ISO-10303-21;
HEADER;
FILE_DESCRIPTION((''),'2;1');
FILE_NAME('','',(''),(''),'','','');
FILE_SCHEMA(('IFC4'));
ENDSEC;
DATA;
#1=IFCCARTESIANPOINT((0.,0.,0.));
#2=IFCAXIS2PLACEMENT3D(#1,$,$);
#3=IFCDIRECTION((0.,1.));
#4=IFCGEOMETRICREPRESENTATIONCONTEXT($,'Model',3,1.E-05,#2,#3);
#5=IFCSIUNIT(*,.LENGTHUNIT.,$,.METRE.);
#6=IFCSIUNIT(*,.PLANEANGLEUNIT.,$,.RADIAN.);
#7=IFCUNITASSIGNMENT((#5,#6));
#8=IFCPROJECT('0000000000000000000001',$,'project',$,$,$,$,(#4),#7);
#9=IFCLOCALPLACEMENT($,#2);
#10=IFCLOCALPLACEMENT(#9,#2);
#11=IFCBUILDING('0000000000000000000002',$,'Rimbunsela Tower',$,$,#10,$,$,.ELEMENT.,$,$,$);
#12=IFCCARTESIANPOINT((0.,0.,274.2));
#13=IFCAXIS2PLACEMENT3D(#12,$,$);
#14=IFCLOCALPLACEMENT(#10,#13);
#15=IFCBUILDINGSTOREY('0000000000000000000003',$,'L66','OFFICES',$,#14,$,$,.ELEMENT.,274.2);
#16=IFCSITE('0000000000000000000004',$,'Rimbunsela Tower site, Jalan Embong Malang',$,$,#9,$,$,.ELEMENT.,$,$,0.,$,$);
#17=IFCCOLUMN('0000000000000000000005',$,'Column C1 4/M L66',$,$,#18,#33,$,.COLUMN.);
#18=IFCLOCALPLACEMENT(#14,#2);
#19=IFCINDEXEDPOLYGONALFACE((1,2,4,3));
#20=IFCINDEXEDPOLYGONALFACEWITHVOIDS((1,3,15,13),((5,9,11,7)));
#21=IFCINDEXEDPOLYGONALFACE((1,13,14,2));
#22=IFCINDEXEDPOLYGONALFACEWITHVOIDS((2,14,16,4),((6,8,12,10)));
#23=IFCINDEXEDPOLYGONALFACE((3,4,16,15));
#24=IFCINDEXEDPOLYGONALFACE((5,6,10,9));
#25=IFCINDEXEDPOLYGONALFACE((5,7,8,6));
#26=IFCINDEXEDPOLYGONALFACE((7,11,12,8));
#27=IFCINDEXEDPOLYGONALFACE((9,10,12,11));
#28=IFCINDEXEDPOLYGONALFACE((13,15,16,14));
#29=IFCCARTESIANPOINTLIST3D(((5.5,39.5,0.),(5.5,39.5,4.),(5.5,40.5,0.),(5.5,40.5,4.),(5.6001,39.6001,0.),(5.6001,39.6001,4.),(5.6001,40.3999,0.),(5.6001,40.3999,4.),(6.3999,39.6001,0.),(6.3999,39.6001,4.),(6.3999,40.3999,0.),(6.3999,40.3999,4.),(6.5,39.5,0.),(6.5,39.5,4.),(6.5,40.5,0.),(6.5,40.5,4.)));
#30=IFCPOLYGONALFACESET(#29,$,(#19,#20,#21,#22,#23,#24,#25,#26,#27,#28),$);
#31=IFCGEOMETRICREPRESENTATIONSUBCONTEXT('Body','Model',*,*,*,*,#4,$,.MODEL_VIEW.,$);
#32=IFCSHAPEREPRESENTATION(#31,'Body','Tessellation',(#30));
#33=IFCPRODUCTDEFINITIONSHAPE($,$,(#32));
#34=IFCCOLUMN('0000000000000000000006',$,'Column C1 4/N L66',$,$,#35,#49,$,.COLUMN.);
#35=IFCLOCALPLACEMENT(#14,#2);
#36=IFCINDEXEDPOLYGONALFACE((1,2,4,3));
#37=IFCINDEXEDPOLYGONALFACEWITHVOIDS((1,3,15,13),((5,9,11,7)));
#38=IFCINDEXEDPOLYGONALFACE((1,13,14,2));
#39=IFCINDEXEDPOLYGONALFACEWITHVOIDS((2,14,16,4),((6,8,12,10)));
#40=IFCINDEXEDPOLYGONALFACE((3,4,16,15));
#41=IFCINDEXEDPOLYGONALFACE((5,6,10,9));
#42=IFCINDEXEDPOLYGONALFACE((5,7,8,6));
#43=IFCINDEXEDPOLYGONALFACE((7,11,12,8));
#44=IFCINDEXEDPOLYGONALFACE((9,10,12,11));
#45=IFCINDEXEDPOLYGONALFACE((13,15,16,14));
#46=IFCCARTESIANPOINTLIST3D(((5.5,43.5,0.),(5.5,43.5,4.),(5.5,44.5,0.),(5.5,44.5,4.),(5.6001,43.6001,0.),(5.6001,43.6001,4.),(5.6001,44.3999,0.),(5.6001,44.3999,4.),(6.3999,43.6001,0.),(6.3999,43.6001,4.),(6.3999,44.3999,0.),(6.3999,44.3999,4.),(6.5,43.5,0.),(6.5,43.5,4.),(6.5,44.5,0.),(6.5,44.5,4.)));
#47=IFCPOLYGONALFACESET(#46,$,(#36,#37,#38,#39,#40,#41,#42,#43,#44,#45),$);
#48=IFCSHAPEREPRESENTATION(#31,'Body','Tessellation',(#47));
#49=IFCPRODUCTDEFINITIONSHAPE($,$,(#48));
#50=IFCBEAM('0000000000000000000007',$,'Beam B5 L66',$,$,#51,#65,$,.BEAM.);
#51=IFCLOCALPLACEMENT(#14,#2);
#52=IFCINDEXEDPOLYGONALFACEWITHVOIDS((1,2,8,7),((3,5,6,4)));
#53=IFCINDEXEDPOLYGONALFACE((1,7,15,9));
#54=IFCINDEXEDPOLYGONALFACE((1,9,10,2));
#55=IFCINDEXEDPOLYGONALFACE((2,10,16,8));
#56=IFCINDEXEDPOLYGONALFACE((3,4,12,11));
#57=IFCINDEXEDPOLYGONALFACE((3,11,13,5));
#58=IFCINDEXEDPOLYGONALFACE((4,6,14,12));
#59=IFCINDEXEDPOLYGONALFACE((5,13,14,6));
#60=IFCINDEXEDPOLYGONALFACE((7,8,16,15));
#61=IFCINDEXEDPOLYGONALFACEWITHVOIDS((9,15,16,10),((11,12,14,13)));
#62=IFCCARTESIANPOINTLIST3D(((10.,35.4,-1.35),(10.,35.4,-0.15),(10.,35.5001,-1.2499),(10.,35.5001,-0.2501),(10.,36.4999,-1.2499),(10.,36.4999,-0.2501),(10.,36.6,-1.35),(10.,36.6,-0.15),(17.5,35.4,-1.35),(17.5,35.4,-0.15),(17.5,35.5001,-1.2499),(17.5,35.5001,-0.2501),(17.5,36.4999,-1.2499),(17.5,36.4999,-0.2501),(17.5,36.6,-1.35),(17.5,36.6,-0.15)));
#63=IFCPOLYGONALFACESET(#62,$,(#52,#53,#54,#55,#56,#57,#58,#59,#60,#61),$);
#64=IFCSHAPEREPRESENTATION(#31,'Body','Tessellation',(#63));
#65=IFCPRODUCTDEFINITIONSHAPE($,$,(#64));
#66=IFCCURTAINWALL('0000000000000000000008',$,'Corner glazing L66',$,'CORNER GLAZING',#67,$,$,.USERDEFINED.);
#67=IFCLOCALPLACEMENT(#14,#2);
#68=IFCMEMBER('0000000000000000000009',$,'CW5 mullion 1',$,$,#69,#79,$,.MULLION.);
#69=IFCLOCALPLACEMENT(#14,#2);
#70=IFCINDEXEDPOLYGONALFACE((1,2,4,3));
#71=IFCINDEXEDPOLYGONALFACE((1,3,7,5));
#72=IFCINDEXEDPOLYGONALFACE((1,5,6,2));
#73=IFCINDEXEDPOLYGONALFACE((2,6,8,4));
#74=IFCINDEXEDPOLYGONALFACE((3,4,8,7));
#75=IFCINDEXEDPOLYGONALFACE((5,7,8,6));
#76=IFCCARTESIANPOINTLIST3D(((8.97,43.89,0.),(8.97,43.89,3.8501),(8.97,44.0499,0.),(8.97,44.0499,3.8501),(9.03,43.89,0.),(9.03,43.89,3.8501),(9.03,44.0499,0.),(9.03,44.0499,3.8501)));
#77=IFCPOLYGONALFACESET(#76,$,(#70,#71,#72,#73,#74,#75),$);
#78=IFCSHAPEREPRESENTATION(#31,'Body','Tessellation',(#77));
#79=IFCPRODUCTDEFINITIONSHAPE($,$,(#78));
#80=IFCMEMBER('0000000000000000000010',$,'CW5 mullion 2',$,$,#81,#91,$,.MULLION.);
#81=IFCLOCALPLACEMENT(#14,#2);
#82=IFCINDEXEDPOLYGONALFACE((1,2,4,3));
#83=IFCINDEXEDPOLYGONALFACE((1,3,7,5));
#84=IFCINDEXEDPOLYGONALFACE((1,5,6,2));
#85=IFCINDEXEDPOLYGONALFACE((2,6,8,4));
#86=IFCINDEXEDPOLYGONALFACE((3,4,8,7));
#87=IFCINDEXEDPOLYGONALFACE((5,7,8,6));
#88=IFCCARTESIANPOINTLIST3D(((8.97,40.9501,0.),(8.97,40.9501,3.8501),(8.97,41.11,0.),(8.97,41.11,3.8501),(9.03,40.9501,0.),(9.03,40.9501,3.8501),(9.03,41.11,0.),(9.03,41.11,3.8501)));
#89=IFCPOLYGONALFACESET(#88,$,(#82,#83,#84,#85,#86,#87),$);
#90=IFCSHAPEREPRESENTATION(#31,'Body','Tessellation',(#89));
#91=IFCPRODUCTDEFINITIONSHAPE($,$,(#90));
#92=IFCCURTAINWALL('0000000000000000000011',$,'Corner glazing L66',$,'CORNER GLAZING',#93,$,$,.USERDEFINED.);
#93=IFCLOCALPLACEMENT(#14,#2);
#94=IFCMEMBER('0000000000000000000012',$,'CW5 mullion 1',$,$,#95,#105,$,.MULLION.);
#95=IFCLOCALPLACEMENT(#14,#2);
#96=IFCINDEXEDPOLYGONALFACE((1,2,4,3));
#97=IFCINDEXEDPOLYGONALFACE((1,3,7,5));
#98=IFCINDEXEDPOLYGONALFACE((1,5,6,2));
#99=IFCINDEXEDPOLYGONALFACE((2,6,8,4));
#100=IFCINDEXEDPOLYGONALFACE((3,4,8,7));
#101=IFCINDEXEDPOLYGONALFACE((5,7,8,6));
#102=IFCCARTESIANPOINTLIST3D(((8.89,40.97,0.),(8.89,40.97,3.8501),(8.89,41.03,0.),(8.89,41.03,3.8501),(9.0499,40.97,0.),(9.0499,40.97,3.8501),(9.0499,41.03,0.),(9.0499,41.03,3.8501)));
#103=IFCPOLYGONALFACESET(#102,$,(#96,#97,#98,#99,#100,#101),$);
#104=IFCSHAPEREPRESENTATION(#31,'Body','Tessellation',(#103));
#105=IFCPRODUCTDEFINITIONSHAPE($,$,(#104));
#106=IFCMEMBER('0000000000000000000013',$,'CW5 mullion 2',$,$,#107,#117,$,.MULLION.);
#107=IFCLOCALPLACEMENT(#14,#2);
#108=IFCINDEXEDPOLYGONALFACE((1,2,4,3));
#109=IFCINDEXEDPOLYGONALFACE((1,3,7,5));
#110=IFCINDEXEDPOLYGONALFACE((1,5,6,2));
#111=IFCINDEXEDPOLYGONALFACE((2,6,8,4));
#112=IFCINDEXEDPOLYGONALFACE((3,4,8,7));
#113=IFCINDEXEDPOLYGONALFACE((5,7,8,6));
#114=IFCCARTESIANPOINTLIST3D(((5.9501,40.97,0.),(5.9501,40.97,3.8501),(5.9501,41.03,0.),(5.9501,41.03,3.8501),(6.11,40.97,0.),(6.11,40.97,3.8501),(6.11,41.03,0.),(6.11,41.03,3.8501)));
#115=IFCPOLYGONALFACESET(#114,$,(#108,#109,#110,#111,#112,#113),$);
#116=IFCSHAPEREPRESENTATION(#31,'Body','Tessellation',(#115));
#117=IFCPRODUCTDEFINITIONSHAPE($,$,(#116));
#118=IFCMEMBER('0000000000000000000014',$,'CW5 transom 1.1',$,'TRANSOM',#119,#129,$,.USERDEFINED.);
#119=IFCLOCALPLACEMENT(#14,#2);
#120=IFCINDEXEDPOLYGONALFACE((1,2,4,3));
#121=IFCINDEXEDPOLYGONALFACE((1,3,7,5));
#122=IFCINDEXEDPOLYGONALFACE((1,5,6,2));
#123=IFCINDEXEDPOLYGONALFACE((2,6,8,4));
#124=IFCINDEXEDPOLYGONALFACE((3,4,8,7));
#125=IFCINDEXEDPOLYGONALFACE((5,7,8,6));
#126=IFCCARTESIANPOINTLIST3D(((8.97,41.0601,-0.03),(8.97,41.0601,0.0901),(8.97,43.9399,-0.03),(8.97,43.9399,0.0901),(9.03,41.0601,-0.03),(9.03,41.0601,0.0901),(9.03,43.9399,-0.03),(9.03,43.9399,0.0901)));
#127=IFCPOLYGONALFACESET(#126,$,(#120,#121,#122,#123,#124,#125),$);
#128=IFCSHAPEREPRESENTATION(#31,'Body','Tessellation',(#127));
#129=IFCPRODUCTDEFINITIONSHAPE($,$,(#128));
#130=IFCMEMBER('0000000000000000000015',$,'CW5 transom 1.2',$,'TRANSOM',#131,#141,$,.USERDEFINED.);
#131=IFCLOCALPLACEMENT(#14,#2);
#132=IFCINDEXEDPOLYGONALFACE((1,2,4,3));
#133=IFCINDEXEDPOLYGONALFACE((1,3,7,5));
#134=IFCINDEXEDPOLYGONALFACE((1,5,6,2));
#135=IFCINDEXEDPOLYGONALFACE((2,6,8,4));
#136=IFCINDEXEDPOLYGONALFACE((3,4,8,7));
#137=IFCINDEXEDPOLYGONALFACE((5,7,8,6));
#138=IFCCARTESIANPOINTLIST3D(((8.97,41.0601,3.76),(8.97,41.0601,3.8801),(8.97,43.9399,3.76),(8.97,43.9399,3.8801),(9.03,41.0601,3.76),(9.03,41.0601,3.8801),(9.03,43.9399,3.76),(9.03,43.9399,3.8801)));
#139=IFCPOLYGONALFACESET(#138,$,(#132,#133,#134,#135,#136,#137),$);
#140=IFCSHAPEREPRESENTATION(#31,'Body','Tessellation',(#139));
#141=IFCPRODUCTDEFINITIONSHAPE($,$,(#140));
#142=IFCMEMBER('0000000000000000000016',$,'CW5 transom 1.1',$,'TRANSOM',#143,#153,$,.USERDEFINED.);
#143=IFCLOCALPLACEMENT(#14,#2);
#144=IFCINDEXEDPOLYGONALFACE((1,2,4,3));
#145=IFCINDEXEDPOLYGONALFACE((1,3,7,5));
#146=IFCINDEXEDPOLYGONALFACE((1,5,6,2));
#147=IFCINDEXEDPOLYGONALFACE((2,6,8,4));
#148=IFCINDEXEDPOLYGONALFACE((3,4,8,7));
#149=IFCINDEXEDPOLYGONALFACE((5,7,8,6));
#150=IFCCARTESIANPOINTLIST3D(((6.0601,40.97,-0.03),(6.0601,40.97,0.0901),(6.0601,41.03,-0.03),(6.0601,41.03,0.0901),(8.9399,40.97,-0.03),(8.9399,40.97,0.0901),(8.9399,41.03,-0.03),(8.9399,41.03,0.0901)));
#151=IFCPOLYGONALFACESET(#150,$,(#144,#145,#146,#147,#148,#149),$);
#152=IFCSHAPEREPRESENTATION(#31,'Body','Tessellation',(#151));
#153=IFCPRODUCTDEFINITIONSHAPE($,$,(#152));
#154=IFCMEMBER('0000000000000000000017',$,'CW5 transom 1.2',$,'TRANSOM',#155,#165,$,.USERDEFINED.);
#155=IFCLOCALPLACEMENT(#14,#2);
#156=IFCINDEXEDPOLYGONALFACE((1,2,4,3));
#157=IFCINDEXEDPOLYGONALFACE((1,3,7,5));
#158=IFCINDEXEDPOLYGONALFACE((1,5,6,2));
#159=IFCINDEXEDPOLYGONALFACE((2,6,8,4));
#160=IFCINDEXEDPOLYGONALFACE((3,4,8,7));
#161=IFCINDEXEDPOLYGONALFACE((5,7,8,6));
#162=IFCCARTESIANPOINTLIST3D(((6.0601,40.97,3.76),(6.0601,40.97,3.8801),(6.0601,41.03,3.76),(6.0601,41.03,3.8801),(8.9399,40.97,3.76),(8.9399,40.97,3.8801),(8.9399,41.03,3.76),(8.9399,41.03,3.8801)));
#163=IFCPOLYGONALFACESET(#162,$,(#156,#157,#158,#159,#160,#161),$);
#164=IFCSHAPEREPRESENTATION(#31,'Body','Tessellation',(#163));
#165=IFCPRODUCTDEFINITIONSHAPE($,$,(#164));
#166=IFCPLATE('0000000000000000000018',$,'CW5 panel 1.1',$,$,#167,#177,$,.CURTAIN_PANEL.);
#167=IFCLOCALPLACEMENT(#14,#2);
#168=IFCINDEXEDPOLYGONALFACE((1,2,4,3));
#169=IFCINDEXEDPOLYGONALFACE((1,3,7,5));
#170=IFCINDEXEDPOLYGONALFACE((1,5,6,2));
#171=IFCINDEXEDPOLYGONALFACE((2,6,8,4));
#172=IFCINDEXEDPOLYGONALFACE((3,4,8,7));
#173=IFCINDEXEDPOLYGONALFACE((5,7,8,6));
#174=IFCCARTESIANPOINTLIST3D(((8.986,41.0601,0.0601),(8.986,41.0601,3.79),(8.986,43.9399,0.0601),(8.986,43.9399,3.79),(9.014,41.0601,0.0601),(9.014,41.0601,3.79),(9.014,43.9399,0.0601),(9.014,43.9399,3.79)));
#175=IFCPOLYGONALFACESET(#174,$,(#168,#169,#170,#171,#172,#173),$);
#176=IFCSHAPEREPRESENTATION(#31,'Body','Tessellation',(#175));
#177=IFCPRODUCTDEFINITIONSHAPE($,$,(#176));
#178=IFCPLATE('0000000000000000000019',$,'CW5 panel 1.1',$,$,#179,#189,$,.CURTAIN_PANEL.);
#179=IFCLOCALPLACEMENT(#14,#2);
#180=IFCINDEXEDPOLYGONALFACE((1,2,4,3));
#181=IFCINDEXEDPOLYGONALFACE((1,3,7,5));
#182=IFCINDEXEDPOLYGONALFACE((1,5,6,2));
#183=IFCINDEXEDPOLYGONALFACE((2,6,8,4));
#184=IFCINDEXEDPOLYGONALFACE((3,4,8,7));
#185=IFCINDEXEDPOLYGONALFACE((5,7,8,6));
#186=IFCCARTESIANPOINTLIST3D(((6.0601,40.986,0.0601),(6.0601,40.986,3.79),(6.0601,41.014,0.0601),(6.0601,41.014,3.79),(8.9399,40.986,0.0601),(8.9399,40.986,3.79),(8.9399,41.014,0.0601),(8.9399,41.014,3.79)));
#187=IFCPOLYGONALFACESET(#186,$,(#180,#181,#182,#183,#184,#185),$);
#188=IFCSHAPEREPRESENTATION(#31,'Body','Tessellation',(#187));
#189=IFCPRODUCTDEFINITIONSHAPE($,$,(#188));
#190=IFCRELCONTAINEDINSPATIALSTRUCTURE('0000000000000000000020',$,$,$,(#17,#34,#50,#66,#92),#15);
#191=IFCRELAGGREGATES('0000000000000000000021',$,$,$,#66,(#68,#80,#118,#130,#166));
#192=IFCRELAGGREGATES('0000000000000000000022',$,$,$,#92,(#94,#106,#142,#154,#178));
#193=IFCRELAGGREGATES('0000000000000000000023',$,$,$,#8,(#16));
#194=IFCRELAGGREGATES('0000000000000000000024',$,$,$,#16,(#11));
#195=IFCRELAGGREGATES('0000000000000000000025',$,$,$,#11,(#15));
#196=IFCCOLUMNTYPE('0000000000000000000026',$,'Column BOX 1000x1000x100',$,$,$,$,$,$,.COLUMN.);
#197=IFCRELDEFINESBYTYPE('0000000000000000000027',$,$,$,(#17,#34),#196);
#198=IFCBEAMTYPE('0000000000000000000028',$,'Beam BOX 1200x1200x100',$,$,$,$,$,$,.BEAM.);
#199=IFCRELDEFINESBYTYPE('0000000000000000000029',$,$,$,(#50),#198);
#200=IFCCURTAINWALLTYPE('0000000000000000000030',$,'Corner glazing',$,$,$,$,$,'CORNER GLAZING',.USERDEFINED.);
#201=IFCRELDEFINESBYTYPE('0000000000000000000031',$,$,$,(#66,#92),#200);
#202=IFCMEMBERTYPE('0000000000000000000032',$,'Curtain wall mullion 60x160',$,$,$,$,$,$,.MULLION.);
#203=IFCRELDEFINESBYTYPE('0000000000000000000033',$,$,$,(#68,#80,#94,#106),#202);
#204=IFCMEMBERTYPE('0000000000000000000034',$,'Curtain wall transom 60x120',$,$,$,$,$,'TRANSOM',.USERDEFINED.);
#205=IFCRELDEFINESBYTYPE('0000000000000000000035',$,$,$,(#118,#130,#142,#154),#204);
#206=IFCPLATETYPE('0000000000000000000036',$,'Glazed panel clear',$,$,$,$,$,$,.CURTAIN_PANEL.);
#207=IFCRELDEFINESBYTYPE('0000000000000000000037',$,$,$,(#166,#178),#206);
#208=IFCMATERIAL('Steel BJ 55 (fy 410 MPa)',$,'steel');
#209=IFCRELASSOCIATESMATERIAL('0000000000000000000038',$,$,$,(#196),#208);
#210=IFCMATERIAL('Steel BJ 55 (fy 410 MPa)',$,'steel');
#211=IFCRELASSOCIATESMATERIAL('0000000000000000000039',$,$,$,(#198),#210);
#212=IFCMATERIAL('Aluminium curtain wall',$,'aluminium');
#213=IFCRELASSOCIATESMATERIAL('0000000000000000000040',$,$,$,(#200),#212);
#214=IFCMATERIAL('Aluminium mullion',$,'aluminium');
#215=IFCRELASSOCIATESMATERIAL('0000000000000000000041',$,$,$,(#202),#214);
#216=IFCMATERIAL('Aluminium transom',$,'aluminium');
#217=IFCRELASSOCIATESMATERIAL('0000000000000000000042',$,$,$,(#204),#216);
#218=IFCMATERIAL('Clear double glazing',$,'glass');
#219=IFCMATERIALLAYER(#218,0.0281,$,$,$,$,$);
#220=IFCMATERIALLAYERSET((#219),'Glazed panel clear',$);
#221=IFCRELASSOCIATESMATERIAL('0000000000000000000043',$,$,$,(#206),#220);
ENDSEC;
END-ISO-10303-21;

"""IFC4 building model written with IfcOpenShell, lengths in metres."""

from ifc_helpers import new_model, si_unit, direction, frame, origin, origin_2d, place, context, subcontext, project, spatial, rectangle, hollow_rectangle, extrude, material, layer, layer_set, material_profile, profile_set, type_object, element, aggregate, save


model = new_model("IFC4")

# Units and contexts
model_context = context("Model", 3, precision=1e-05, world=origin(), true_north=direction((0.0, 1.0)))
body_context = subcontext(model_context, "Body", "Model", "MODEL_VIEW")
ifc_project = project(units=[si_unit("LENGTHUNIT", "METRE"), si_unit("PLANEANGLEUNIT", "RADIAN")], contexts=[model_context])

# Site, building, storey
site_placement = place(None, origin())
site = spatial("IfcSite", under=ifc_project, at=site_placement, Name="Rimbunsela Tower site, Jalan Embong Malang", CompositionType="ELEMENT", RefElevation=0.0)
building_placement = place(site_placement, origin())
building = spatial("IfcBuilding", under=site, at=building_placement, Name="Rimbunsela Tower", CompositionType="ELEMENT")
storey_placement = place(building_placement, frame((0.0, 0.0, 274.2)))
storey = spatial("IfcBuildingStorey", under=building, at=storey_placement, Name="L66", Description="OFFICES", CompositionType="ELEMENT", Elevation=274.2)

# Columns
ifc_material_1 = material(Name="Steel BJ 55 (fy 410 MPa)", Category="steel")
ifc_material_profile_1 = material_profile(ifc_material_1, hollow_rectangle(XDim=1.0, YDim=1.0, WallThickness=0.1001, at=origin_2d()), Name="BOX 1000x1000x100")
ifc_profile_set_1 = profile_set([ifc_material_profile_1], Name="Steel BJ 55 (fy 410 MPa)")
column_type = type_object("IfcColumnType", Name="Column BOX 1000x1000x100", PredefinedType="COLUMN", material=ifc_profile_set_1)
for number, where, z_axis, x_axis, name in (
    (1, (6.0, 40.0, 0.0), (0.0, 0.0, 1.0), (1.0, 0.0, 0.0), "Column C1 4/M L66"),
    (2, (6.0, 44.0, 0.0), (0.0, 0.0, 1.0), (1.0, 0.0, 0.0), "Column C1 4/N L66"),
):
    element("IfcColumn", number, at=place(storey_placement, frame(where, z_axis=z_axis, x_axis=x_axis)), inside=storey, type_object=column_type, Name=name, PredefinedType="COLUMN", context=body_context, shape_type="SweptSolid", body=[
        extrude(hollow_rectangle(XDim=1.0, YDim=1.0, WallThickness=0.1001, at=origin_2d()), origin(), (0.0, 0.0, 1.0), 4.0),
    ])

# Beam
ifc_material_2 = material(Name="Steel BJ 55 (fy 410 MPa)", Category="steel")
ifc_material_profile_2 = material_profile(ifc_material_2, hollow_rectangle(XDim=1.2, YDim=1.2, WallThickness=0.1001, at=origin_2d()), Name="BOX 1200x1200x100")
ifc_profile_set_2 = profile_set([ifc_material_profile_2], Name="Steel BJ 55 (fy 410 MPa)")
beam_type = type_object("IfcBeamType", Name="Beam BOX 1200x1200x100", PredefinedType="BEAM", material=ifc_profile_set_2)
beam_placement = place(storey_placement, frame((10.0, 36.0, -0.75), z_axis=(1.0, 0.0, 0.0), x_axis=(0.0, 1.0, 0.0)))
element("IfcBeam", 3, at=beam_placement, inside=storey, type_object=beam_type, Name="Beam B5 L66", PredefinedType="BEAM", context=body_context, shape_type="SweptSolid", body=[
    extrude(hollow_rectangle(XDim=1.2, YDim=1.2, WallThickness=0.1001, at=origin_2d()), origin(), (0.0, 0.0, 1.0), 7.5),
])

# Curtain walls, members
ifc_material_3 = material(Name="Aluminium curtain wall", Category="aluminium")
curtain_wall_type = type_object("IfcCurtainWallType", Name="Corner glazing", ElementType="CORNER GLAZING", PredefinedType="USERDEFINED", material=ifc_material_3)
curtain_wall_1_placement = place(storey_placement, origin())
curtain_wall_1 = element("IfcCurtainWall", 4, at=curtain_wall_1_placement, inside=storey, type_object=curtain_wall_type, Name="Corner glazing L66", ObjectType="CORNER GLAZING", PredefinedType="USERDEFINED")
ifc_material_4 = material(Name="Aluminium mullion", Category="aluminium")
ifc_material_profile_3 = material_profile(ifc_material_4, rectangle(XDim=0.0601, YDim=0.1599, at=origin_2d()), Name="Mullion 60x160")
ifc_profile_set_3 = profile_set([ifc_material_profile_3], Name="Aluminium mullion")
member_type_1 = type_object("IfcMemberType", Name="Curtain wall mullion 60x160", PredefinedType="MULLION", material=ifc_profile_set_3)
member_1_placement = place(storey_placement, frame((9.0, 43.97, 0.0), z_axis=(0.0, 0.0, 1.0), x_axis=(1.0, 0.0, 0.0)))
member_1 = element("IfcMember", 5, at=member_1_placement, type_object=member_type_1, Name="CW5 mullion 1", PredefinedType="MULLION", context=body_context, shape_type="SweptSolid", body=[
    extrude(rectangle(XDim=0.0601, YDim=0.1599, at=origin_2d()), origin(), (0.0, 0.0, 1.0), 3.8501),
])
member_2_placement = place(storey_placement, frame((9.0, 41.03, 0.0), z_axis=(0.0, 0.0, 1.0), x_axis=(1.0, 0.0, 0.0)))
member_2 = element("IfcMember", 6, at=member_2_placement, type_object=member_type_1, Name="CW5 mullion 2", PredefinedType="MULLION", context=body_context, shape_type="SweptSolid", body=[
    extrude(rectangle(XDim=0.0601, YDim=0.1599, at=origin_2d()), origin(), (0.0, 0.0, 1.0), 3.8501),
])
curtain_wall_2_placement = place(storey_placement, origin())
curtain_wall_2 = element("IfcCurtainWall", 7, at=curtain_wall_2_placement, inside=storey, type_object=curtain_wall_type, Name="Corner glazing L66", ObjectType="CORNER GLAZING", PredefinedType="USERDEFINED")
member_3_placement = place(storey_placement, frame((8.97, 41.0, 0.0), z_axis=(0.0, 0.0, 1.0), x_axis=(0.0, -1.0, 0.0)))
member_3 = element("IfcMember", 8, at=member_3_placement, type_object=member_type_1, Name="CW5 mullion 1", PredefinedType="MULLION", context=body_context, shape_type="SweptSolid", body=[
    extrude(rectangle(XDim=0.0601, YDim=0.1599, at=origin_2d()), origin(), (0.0, 0.0, 1.0), 3.8501),
])
member_4_placement = place(storey_placement, frame((6.03, 41.0, 0.0), z_axis=(0.0, 0.0, 1.0), x_axis=(0.0, -1.0, 0.0)))
member_4 = element("IfcMember", 9, at=member_4_placement, type_object=member_type_1, Name="CW5 mullion 2", PredefinedType="MULLION", context=body_context, shape_type="SweptSolid", body=[
    extrude(rectangle(XDim=0.0601, YDim=0.1599, at=origin_2d()), origin(), (0.0, 0.0, 1.0), 3.8501),
])

# Members
ifc_material_5 = material(Name="Aluminium transom", Category="aluminium")
ifc_material_profile_4 = material_profile(ifc_material_5, rectangle(XDim=0.0601, YDim=0.1201, at=origin_2d()), Name="Transom 60x120")
ifc_profile_set_4 = profile_set([ifc_material_profile_4], Name="Aluminium transom")
member_type_2 = type_object("IfcMemberType", Name="Curtain wall transom 60x120", ElementType="TRANSOM", PredefinedType="USERDEFINED", material=ifc_profile_set_4)
member_5_placement = place(storey_placement, frame((9.0, 43.9399, 0.03), z_axis=(0.0, -1.0, 0.0), x_axis=(1.0, 0.0, 0.0)))
member_5 = element("IfcMember", 10, at=member_5_placement, type_object=member_type_2, Name="CW5 transom 1.1", ObjectType="TRANSOM", PredefinedType="USERDEFINED", context=body_context, shape_type="SweptSolid", body=[
    extrude(rectangle(XDim=0.0601, YDim=0.1201, at=origin_2d()), origin(), (0.0, 0.0, 1.0), 2.8799),
])
member_6_placement = place(storey_placement, frame((9.0, 43.9399, 3.8201), z_axis=(0.0, -1.0, 0.0), x_axis=(1.0, 0.0, 0.0)))
member_6 = element("IfcMember", 11, at=member_6_placement, type_object=member_type_2, Name="CW5 transom 1.2", ObjectType="TRANSOM", PredefinedType="USERDEFINED", context=body_context, shape_type="SweptSolid", body=[
    extrude(rectangle(XDim=0.0601, YDim=0.1201, at=origin_2d()), origin(), (0.0, 0.0, 1.0), 2.8799),
])
member_7_placement = place(storey_placement, frame((8.9399, 41.0, 0.03), z_axis=(-1.0, 0.0, 0.0), x_axis=(0.0, -1.0, 0.0)))
member_7 = element("IfcMember", 12, at=member_7_placement, type_object=member_type_2, Name="CW5 transom 1.1", ObjectType="TRANSOM", PredefinedType="USERDEFINED", context=body_context, shape_type="SweptSolid", body=[
    extrude(rectangle(XDim=0.0601, YDim=0.1201, at=origin_2d()), origin(), (0.0, 0.0, 1.0), 2.8799),
])
member_8_placement = place(storey_placement, frame((8.9399, 41.0, 3.8201), z_axis=(-1.0, 0.0, 0.0), x_axis=(0.0, -1.0, 0.0)))
member_8 = element("IfcMember", 13, at=member_8_placement, type_object=member_type_2, Name="CW5 transom 1.2", ObjectType="TRANSOM", PredefinedType="USERDEFINED", context=body_context, shape_type="SweptSolid", body=[
    extrude(rectangle(XDim=0.0601, YDim=0.1201, at=origin_2d()), origin(), (0.0, 0.0, 1.0), 2.8799),
])

# Plates
ifc_material_6 = material(Name="Clear double glazing", Category="glass")
ifc_layer_1 = layer(ifc_material_6, 0.0281)
ifc_layer_set_1 = layer_set([ifc_layer_1], Name="Glazed panel clear")
plate_type = type_object("IfcPlateType", Name="Glazed panel clear", PredefinedType="CURTAIN_PANEL", material=ifc_layer_set_1)
plate_1_placement = place(storey_placement, frame((9.0, 42.5, 0.0601), z_axis=(0.0, 0.0, 1.0), x_axis=(0.0, -1.0, 0.0)))
plate_1 = element("IfcPlate", 14, at=plate_1_placement, type_object=plate_type, Name="CW5 panel 1.1", PredefinedType="CURTAIN_PANEL", context=body_context, shape_type="SweptSolid", body=[
    extrude(rectangle(XDim=2.8799, YDim=0.0281, at=origin_2d()), origin(), (0.0, 0.0, 1.0), 3.73),
])
aggregate(curtain_wall_1, [member_1, member_2, member_5, member_6, plate_1])
plate_2_placement = place(storey_placement, frame((7.5, 41.0, 0.0601), z_axis=(0.0, 0.0, 1.0), x_axis=(-1.0, 0.0, 0.0)))
plate_2 = element("IfcPlate", 15, at=plate_2_placement, type_object=plate_type, Name="CW5 panel 1.1", PredefinedType="CURTAIN_PANEL", context=body_context, shape_type="SweptSolid", body=[
    extrude(rectangle(XDim=2.8799, YDim=0.0281, at=origin_2d()), origin(), (0.0, 0.0, 1.0), 3.73),
])
aggregate(curtain_wall_2, [member_3, member_4, member_7, member_8, plate_2])

save(model, "model.ifc")
